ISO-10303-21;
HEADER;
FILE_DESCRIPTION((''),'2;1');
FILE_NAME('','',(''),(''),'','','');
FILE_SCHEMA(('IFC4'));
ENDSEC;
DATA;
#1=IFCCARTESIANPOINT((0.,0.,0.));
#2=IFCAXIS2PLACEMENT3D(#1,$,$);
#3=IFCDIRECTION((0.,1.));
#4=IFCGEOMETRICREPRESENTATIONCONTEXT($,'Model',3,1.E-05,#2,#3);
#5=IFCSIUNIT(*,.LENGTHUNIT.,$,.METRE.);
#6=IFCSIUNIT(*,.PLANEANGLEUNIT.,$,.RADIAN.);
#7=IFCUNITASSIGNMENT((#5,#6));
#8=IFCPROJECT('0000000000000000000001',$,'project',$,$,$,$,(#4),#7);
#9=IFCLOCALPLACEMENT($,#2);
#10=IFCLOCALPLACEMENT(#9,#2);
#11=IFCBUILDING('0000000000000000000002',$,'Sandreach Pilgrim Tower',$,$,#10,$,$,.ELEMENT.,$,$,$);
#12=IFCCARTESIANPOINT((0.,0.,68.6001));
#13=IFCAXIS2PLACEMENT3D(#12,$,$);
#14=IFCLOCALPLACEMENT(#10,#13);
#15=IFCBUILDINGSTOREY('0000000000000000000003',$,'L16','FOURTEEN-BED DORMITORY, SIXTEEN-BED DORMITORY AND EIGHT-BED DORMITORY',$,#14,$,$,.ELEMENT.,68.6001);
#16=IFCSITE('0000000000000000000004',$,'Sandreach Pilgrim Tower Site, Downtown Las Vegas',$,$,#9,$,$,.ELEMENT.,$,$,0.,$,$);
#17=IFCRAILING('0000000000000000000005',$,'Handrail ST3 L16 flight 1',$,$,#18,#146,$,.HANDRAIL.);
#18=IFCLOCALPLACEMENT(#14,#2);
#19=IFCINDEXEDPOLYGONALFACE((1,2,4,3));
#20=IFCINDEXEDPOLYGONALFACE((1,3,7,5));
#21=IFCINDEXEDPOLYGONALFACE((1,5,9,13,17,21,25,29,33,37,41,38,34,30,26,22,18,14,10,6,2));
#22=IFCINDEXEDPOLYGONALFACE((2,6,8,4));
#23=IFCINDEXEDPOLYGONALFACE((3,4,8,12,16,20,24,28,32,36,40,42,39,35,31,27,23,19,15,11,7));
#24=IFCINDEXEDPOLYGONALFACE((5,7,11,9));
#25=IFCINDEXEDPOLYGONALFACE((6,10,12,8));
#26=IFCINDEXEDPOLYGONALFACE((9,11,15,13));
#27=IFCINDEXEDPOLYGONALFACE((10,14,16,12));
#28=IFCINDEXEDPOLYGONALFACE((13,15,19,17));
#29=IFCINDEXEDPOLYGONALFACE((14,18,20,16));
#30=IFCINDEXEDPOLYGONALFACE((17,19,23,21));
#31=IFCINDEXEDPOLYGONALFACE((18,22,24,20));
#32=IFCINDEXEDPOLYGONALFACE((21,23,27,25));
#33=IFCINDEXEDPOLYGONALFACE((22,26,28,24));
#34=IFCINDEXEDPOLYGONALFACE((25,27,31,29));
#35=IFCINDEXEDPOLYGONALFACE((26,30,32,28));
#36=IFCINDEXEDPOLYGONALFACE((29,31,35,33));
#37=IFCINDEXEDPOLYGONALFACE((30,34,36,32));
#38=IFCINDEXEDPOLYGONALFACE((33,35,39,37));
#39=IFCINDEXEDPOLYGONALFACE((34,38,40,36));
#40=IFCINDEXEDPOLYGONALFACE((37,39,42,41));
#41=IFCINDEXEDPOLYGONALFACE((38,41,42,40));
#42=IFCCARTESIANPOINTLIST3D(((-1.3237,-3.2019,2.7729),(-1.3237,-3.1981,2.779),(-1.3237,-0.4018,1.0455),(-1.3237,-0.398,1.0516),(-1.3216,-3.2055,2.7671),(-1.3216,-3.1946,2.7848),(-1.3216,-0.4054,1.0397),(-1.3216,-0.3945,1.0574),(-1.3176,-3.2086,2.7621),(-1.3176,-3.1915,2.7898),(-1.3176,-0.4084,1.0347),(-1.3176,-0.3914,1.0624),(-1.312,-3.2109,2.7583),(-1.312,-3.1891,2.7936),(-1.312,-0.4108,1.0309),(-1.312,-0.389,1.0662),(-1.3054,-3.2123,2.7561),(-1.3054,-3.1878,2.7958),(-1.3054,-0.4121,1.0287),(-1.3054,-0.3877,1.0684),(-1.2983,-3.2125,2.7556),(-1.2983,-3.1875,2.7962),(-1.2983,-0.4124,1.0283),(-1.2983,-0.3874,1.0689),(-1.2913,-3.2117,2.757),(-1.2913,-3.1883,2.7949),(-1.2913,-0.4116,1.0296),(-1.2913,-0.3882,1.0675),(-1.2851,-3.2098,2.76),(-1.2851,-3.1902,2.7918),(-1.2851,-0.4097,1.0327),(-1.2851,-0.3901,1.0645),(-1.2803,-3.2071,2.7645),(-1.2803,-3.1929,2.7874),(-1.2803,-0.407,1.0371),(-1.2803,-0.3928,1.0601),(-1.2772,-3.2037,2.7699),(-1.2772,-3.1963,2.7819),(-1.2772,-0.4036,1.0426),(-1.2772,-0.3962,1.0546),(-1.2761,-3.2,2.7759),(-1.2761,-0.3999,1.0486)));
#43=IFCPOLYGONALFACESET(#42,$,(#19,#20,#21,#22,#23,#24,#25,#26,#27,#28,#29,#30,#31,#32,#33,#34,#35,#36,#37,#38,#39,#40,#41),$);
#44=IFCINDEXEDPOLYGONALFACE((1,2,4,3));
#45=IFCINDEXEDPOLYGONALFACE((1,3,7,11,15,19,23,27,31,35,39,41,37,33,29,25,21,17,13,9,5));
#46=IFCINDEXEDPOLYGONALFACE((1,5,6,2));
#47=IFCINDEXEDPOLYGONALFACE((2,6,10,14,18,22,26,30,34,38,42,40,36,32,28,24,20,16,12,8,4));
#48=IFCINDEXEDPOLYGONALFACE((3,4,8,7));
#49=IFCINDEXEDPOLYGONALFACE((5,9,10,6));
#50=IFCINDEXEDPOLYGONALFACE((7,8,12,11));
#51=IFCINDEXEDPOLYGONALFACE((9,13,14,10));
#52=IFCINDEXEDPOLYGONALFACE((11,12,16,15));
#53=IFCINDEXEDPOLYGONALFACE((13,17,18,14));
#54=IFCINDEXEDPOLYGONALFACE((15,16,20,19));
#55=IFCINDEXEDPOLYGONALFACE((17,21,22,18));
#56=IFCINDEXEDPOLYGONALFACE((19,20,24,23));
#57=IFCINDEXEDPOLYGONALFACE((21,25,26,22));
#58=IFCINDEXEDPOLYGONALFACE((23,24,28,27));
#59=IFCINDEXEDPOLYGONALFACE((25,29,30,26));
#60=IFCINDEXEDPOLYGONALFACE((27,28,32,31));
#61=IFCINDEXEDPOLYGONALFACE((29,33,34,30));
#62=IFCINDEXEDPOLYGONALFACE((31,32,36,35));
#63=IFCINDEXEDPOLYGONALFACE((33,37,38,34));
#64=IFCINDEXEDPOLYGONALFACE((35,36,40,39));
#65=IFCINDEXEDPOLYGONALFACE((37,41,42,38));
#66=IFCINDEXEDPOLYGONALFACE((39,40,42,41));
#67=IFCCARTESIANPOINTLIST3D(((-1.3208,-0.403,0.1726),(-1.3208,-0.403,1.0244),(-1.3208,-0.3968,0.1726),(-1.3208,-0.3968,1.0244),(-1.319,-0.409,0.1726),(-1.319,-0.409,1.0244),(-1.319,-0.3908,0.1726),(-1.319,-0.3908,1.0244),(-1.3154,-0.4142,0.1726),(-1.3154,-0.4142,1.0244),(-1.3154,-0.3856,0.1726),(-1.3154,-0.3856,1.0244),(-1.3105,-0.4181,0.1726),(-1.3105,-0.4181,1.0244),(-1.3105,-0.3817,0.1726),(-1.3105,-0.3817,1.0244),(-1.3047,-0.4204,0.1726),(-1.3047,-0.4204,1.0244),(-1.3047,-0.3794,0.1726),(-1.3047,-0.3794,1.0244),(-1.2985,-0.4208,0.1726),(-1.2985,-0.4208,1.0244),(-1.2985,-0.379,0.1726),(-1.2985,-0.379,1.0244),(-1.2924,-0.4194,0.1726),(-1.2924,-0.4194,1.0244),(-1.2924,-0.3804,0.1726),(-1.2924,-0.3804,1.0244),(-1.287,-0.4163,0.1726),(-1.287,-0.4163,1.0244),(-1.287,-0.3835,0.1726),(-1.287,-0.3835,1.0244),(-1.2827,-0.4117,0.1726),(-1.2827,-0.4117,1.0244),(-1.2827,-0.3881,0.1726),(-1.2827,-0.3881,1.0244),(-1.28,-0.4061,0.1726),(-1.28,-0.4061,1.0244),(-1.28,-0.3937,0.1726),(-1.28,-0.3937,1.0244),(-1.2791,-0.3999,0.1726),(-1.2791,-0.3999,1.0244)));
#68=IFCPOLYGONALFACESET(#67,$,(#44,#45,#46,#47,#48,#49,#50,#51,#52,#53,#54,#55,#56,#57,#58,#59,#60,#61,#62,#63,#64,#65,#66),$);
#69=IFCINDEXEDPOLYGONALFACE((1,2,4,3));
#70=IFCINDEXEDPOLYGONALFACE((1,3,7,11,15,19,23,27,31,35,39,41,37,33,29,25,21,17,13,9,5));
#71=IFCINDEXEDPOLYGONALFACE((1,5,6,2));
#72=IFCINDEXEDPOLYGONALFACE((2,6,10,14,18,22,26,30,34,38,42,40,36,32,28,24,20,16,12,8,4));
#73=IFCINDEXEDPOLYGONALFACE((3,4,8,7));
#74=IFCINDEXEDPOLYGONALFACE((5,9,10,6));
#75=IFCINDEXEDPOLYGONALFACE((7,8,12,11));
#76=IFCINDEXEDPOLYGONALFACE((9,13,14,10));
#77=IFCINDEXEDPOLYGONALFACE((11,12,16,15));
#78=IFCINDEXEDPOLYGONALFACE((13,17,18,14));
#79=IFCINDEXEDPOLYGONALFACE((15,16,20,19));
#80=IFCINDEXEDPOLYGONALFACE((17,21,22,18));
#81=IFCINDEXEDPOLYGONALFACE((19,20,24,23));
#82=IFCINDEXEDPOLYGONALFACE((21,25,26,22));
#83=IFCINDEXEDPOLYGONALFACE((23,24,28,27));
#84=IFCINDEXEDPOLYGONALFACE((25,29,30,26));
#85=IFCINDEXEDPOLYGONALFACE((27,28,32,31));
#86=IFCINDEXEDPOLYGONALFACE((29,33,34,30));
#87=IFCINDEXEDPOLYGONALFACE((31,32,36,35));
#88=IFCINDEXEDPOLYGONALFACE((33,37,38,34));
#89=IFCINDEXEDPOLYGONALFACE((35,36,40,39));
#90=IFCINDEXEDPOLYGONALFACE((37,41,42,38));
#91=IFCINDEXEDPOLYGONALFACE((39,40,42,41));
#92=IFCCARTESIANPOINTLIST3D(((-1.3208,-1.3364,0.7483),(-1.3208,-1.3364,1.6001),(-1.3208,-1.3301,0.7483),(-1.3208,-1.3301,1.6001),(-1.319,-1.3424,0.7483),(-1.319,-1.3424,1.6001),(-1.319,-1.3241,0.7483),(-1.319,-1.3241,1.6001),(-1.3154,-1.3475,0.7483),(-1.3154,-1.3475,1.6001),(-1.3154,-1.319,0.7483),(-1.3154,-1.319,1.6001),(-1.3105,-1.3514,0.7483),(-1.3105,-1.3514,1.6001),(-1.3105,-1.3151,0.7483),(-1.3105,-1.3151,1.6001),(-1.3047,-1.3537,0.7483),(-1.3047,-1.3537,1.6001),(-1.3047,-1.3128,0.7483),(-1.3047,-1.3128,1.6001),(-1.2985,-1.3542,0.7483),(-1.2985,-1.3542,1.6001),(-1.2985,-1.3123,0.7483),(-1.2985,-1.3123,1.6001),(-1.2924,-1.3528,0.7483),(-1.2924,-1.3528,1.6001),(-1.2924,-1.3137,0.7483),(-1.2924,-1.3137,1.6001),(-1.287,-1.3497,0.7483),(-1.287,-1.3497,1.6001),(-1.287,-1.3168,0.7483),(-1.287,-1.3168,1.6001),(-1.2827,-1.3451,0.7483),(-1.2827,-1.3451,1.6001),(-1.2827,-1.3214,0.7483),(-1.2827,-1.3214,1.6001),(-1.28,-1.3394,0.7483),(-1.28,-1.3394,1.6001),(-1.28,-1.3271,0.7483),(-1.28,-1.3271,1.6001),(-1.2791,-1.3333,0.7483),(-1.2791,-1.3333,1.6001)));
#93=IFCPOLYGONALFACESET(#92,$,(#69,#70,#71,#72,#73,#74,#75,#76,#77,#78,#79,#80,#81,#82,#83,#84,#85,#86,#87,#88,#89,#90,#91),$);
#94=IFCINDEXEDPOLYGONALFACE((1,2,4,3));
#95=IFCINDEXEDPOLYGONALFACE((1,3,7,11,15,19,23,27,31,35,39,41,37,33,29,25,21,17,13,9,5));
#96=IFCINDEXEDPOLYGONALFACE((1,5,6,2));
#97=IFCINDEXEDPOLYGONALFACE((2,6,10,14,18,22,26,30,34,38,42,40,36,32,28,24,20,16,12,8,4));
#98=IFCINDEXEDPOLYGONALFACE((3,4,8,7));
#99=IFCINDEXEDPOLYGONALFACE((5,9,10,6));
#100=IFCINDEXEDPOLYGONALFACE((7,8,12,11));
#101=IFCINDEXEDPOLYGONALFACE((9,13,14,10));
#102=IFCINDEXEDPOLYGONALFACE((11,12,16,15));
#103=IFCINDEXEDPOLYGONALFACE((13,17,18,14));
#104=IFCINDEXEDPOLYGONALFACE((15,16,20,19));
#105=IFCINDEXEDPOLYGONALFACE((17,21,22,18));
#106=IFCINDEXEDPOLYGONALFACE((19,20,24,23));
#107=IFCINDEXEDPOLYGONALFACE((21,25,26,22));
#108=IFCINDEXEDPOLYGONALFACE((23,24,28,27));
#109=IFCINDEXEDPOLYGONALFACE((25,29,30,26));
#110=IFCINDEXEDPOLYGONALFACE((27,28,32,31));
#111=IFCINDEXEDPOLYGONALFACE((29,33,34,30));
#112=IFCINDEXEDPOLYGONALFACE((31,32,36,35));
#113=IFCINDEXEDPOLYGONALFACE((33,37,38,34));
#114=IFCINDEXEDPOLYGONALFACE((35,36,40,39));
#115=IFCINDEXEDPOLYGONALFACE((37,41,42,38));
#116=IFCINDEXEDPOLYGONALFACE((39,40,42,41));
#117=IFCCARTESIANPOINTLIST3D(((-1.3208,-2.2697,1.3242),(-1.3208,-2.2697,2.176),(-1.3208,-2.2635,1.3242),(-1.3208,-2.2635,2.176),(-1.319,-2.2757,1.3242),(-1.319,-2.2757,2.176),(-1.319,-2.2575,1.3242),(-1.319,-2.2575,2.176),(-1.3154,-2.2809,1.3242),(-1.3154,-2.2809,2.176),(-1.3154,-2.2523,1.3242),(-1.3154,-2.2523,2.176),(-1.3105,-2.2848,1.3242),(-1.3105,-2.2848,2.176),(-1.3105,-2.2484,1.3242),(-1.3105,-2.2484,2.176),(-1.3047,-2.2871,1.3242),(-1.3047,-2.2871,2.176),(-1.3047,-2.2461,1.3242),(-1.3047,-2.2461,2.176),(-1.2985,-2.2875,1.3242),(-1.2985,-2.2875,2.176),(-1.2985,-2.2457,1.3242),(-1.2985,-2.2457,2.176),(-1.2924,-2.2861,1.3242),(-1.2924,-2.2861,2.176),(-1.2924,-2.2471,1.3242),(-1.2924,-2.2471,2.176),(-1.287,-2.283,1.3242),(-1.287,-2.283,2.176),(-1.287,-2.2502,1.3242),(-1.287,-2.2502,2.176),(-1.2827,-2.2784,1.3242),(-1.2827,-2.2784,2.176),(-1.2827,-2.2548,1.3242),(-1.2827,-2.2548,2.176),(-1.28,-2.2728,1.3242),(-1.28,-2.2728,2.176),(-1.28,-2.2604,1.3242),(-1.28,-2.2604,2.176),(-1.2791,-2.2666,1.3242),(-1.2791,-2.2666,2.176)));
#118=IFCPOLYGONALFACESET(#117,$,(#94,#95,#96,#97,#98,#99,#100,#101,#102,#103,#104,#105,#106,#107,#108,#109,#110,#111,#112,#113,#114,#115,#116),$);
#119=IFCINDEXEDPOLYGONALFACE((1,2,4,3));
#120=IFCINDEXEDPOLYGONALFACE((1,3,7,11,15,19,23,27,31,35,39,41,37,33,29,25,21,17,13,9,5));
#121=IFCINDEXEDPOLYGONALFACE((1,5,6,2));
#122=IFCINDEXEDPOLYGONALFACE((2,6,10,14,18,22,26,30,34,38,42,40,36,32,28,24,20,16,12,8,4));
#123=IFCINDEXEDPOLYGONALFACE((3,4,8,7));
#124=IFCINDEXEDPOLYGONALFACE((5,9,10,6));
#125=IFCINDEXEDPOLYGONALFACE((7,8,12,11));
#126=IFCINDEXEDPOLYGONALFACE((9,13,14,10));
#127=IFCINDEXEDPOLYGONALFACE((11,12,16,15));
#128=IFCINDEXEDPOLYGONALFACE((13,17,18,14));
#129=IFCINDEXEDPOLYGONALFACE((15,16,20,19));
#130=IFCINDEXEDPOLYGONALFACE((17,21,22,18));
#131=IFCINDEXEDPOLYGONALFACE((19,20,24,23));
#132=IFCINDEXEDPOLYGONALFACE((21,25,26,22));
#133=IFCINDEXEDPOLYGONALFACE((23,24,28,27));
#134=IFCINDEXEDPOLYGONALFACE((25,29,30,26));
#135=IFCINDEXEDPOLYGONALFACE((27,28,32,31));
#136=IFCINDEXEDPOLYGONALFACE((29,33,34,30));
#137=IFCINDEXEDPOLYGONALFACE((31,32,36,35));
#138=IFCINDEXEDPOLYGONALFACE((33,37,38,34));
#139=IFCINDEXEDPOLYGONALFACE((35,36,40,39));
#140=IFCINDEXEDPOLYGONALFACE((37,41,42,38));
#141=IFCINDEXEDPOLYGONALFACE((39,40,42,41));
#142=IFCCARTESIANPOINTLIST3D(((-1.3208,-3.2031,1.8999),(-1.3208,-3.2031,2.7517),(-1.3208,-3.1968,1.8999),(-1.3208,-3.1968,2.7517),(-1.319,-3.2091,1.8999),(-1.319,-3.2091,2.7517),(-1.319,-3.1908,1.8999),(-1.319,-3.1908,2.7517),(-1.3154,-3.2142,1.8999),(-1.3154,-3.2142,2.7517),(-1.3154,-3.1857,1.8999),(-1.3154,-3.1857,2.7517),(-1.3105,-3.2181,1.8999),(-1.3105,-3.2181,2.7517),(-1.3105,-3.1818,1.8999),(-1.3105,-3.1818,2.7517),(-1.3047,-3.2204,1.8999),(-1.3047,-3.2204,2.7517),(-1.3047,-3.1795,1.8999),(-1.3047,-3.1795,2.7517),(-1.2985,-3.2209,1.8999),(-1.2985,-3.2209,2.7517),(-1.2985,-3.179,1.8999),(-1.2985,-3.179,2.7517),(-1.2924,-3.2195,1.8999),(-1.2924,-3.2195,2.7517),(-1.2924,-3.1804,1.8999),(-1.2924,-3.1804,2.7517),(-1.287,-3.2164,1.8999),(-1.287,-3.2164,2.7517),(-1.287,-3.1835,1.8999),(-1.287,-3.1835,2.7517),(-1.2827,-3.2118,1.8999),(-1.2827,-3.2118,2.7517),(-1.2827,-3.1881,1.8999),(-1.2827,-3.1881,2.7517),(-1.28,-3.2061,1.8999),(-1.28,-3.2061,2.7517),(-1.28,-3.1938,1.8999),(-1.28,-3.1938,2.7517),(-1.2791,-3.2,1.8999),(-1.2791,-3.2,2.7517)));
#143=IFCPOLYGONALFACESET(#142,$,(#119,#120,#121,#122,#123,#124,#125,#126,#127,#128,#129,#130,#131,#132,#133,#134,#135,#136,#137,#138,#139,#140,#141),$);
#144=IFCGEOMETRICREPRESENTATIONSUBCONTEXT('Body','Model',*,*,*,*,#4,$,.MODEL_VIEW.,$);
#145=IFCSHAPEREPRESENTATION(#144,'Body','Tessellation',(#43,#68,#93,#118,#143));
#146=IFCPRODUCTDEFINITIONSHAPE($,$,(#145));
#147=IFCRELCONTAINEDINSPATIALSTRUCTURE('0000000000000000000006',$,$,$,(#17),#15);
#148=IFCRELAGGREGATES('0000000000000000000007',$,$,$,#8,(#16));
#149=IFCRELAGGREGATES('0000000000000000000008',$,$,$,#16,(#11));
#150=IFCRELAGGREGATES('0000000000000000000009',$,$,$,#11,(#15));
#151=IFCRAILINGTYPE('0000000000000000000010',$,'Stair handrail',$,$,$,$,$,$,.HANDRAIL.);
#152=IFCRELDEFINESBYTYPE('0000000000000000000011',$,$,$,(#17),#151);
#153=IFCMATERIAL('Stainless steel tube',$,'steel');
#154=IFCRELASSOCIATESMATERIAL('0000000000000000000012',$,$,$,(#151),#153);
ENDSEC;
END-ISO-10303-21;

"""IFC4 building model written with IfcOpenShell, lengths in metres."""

from ifc_helpers import new_model, si_unit, direction, frame, origin, origin_2d, place, context, subcontext, project, spatial, circle, extrude, material, type_object, element, save


model = new_model("IFC4")

# Units and contexts
model_context = context("Model", 3, precision=1e-05, world=origin(), true_north=direction((0.0, 1.0)))
body_context = subcontext(model_context, "Body", "Model", "MODEL_VIEW")
ifc_project = project(units=[si_unit("LENGTHUNIT", "METRE"), si_unit("PLANEANGLEUNIT", "RADIAN")], contexts=[model_context])

# Site, building, storey
site_placement = place(None, origin())
site = spatial("IfcSite", under=ifc_project, at=site_placement, Name="Sandreach Pilgrim Tower Site, Downtown Las Vegas", CompositionType="ELEMENT", RefElevation=0.0)
building_placement = place(site_placement, origin())
building = spatial("IfcBuilding", under=site, at=building_placement, Name="Sandreach Pilgrim Tower", CompositionType="ELEMENT")
storey_placement = place(building_placement, frame((0.0, 0.0, 68.6001)))
storey = spatial("IfcBuildingStorey", under=building, at=storey_placement, Name="L16", Description="FOURTEEN-BED DORMITORY, SIXTEEN-BED DORMITORY AND EIGHT-BED DORMITORY", CompositionType="ELEMENT", Elevation=68.6001)

# Railing
ifc_material_1 = material(Name="Stainless steel tube", Category="steel")
railing_type = type_object("IfcRailingType", Name="Stair handrail", PredefinedType="HANDRAIL", material=ifc_material_1)
for number, where, name in (
    (1, (-1.3, -0.3999, 0.1726), "Handrail ST3 L16 flight 1"),
):
    element("IfcRailing", number, at=place(storey_placement, frame(where)), inside=storey, type_object=railing_type, Name=name, PredefinedType="HANDRAIL", context=body_context, shape_type="SweptSolid", body=[
        extrude(circle(Radius=0.0239, at=origin_2d()), frame((0.0, 0.0, 0.876), z_axis=(0.0, -0.85109, 0.52502), x_axis=(1.0, 0.0, 0.0)), (0.0, 0.0, 1.0), 3.29),
        extrude(circle(Radius=0.021, at=origin_2d()), origin(), (0.0, 0.0, 1.0), 0.8518),
        extrude(circle(Radius=0.021, at=origin_2d()), frame((0.0, -0.9333, 0.5757)), (0.0, 0.0, 1.0), 0.8518),
        extrude(circle(Radius=0.021, at=origin_2d()), frame((0.0, -1.8667, 1.1516)), (0.0, 0.0, 1.0), 0.8518),
        extrude(circle(Radius=0.021, at=origin_2d()), frame((0.0, -2.8, 1.7273)), (0.0, 0.0, 1.0), 0.8518),
    ])

save(model, "model.ifc")
